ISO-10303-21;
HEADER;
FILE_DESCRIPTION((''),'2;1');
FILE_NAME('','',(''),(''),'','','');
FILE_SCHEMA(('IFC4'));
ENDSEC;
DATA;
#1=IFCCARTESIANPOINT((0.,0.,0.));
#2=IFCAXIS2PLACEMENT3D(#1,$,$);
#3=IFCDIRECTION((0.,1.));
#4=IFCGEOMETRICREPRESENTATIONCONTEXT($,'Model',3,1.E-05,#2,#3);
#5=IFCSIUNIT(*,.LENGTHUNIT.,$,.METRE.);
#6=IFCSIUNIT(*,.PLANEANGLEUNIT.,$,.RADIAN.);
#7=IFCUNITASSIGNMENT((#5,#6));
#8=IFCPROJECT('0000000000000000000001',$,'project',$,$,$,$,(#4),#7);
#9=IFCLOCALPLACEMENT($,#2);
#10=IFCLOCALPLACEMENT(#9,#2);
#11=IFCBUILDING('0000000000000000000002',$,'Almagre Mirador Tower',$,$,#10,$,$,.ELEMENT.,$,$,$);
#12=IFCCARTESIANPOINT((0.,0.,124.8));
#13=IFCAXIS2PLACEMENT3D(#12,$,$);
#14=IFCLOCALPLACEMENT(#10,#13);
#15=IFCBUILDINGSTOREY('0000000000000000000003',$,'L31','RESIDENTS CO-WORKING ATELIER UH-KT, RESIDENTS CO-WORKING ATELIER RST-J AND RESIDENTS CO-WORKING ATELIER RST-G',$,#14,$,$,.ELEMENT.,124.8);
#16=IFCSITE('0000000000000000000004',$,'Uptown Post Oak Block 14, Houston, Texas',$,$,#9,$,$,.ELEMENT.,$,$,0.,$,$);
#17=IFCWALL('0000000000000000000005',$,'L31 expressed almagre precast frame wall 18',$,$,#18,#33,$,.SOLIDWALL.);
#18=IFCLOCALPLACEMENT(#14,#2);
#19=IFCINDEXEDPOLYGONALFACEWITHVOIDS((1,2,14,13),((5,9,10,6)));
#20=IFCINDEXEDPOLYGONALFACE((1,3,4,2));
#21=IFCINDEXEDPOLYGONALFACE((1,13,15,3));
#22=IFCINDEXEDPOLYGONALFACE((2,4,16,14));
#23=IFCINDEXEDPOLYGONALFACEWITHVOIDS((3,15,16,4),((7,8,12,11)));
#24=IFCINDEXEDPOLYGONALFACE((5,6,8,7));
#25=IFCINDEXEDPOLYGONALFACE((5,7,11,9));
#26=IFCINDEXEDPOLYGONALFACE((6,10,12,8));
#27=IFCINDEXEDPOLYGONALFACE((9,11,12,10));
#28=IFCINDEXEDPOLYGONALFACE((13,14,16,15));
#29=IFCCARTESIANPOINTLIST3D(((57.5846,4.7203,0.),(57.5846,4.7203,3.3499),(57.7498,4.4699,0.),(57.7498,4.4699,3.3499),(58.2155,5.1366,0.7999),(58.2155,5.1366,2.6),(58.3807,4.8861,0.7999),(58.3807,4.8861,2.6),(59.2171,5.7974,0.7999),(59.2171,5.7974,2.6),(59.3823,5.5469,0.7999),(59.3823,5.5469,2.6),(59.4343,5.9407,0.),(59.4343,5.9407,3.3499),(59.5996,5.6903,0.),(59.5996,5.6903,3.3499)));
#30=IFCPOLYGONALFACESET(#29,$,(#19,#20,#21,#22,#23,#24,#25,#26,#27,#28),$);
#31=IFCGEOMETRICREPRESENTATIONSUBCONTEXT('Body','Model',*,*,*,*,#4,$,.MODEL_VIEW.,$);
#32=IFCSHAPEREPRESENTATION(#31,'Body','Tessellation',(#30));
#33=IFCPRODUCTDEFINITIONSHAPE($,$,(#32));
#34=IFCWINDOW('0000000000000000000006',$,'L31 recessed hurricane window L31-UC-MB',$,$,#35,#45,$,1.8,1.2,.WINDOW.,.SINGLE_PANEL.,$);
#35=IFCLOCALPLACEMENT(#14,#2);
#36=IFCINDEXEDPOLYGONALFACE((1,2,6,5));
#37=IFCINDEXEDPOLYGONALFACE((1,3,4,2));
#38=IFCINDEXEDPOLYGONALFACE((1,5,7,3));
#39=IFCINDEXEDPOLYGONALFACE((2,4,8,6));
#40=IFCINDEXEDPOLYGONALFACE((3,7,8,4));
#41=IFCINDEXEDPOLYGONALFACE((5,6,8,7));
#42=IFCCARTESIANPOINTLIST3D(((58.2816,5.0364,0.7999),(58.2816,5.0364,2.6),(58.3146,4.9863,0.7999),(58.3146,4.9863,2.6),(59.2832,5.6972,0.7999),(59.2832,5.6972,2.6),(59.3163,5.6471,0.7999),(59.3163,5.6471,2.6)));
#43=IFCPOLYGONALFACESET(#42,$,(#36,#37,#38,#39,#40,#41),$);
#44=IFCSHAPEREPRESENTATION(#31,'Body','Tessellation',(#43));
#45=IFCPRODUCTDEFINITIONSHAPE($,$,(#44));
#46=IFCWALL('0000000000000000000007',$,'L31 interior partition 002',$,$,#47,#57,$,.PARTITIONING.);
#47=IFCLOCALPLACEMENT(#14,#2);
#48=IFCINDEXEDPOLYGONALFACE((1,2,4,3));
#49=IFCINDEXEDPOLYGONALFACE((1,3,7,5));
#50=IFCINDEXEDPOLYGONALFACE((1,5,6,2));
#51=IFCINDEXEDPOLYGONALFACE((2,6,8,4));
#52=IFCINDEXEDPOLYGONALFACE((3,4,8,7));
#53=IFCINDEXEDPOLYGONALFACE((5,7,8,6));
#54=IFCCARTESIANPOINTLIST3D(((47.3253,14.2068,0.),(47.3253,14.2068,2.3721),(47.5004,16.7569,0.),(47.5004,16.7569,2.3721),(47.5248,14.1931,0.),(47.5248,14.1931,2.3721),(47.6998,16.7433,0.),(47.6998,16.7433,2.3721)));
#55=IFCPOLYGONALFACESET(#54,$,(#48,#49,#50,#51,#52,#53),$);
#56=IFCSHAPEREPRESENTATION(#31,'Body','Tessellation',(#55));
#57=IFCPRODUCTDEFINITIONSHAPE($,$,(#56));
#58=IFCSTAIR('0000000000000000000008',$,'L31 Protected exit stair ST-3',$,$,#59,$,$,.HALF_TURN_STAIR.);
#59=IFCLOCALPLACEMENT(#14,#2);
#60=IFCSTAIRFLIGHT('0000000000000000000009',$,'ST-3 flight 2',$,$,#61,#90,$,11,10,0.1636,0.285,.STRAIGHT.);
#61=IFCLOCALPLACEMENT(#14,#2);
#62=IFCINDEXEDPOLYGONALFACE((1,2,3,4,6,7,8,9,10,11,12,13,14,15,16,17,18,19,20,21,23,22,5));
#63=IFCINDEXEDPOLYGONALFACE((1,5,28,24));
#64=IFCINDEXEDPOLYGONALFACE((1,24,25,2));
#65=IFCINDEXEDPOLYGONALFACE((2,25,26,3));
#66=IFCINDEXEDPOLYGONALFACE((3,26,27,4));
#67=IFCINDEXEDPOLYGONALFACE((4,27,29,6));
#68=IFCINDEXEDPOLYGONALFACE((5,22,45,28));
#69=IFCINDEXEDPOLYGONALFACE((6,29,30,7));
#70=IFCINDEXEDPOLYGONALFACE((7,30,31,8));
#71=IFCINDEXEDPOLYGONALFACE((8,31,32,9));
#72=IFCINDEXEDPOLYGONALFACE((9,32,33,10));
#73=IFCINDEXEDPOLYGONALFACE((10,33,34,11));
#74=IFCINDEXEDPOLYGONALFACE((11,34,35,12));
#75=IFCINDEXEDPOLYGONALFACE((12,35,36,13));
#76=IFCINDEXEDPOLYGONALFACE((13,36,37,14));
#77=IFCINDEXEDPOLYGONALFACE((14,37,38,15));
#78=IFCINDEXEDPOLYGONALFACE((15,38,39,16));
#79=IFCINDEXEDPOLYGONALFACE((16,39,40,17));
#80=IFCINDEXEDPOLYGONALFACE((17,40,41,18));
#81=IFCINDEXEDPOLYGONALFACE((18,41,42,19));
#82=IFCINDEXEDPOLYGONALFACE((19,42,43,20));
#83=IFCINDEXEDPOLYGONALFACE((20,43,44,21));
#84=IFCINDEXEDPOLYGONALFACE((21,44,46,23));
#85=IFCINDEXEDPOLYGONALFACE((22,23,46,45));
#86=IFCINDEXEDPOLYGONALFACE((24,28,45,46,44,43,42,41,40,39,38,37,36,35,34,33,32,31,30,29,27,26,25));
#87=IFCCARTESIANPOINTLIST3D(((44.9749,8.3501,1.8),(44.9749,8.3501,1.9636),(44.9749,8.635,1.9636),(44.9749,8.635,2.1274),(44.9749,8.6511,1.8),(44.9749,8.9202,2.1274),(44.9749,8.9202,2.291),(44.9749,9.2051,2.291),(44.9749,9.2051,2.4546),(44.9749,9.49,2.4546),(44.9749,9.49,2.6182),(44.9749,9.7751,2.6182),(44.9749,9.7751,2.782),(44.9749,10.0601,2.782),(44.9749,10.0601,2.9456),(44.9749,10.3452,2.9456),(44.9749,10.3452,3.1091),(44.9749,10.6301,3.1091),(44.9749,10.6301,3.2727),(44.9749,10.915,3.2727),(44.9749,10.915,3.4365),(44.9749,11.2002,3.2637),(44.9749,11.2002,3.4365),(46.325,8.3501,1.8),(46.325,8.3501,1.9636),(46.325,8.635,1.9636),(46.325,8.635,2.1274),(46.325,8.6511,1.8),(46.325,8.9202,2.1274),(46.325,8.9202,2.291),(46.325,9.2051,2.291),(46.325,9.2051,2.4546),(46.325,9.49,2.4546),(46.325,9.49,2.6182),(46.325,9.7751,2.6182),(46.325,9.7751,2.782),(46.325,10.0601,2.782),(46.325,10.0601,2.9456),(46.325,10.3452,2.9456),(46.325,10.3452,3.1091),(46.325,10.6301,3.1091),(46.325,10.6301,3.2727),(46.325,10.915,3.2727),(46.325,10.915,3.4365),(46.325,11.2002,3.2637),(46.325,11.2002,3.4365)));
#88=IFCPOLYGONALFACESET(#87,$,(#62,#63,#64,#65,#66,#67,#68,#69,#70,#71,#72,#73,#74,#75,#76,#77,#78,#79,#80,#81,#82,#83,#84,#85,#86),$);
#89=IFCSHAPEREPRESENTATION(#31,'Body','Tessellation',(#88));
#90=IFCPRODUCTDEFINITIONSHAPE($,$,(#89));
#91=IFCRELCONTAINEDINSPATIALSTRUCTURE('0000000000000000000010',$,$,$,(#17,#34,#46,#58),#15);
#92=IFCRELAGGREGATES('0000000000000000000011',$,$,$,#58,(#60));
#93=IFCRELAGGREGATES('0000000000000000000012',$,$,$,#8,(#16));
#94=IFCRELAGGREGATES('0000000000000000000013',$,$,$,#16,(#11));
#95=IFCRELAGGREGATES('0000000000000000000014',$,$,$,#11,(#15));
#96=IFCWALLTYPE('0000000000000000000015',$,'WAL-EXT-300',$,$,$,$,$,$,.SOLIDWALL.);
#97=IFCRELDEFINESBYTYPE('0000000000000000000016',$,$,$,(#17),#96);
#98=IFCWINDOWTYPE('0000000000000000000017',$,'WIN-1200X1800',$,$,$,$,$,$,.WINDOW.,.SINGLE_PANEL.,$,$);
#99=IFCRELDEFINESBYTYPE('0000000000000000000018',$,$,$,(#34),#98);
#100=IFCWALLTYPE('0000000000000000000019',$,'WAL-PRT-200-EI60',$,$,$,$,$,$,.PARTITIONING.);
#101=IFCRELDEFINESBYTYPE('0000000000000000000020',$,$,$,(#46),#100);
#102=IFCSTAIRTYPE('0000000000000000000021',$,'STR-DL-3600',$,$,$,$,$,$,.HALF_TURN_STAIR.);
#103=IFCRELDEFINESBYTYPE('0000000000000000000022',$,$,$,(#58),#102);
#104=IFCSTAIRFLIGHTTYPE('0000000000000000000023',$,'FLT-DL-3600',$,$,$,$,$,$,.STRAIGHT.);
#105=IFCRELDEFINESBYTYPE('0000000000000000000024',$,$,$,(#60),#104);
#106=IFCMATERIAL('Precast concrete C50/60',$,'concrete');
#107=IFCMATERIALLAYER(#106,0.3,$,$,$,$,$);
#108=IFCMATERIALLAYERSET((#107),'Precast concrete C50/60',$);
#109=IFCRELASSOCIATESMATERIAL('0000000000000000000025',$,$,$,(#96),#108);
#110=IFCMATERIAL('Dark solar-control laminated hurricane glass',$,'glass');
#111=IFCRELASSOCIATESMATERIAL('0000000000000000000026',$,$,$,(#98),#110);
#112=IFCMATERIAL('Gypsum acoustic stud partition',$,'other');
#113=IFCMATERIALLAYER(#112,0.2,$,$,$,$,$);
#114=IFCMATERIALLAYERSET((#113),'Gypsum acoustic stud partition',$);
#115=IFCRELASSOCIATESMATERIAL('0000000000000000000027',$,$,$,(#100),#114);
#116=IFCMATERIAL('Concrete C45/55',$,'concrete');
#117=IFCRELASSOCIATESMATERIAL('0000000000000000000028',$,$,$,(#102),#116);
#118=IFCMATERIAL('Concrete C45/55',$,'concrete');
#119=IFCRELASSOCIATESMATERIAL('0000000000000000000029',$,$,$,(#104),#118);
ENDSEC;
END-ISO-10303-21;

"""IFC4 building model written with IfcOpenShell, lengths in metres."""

from ifc_helpers import new_model, si_unit, direction, frame, frame_2d, origin, place, context, subcontext, project, spatial, polyline, rectangle, outline, extrude, material, layer, layer_set, type_object, element, fill, aggregate, save


model = new_model("IFC4")

# Units and contexts
model_context = context("Model", 3, precision=1e-05, world=origin(), true_north=direction((0.0, 1.0)))
body_context = subcontext(model_context, "Body", "Model", "MODEL_VIEW")
ifc_project = project(units=[si_unit("LENGTHUNIT", "METRE"), si_unit("PLANEANGLEUNIT", "RADIAN")], contexts=[model_context])

# Site, building, storey
site_placement = place(None, origin())
site = spatial("IfcSite", under=ifc_project, at=site_placement, Name="Uptown Post Oak Block 14, Houston, Texas", CompositionType="ELEMENT", RefElevation=0.0)
building_placement = place(site_placement, origin())
building = spatial("IfcBuilding", under=site, at=building_placement, Name="Almagre Mirador Tower", CompositionType="ELEMENT")
storey_placement = place(building_placement, frame((0.0, 0.0, 124.8)))
storey = spatial("IfcBuildingStorey", under=building, at=storey_placement, Name="L31", Description="RESIDENTS CO-WORKING ATELIER UH-KT, RESIDENTS CO-WORKING ATELIER RST-J AND RESIDENTS CO-WORKING ATELIER RST-G", CompositionType="ELEMENT", Elevation=124.8)

# Shared definitions
ifc_material_1 = material(Name="Precast concrete C50/60", Category="concrete")
ifc_layer_1 = layer(ifc_material_1, 0.3)
ifc_layer_set_1 = layer_set([ifc_layer_1], Name="Precast concrete C50/60")
wall_type_1 = type_object("IfcWallType", Name="WAL-EXT-300", PredefinedType="SOLIDWALL", material=ifc_layer_set_1)
ifc_material_2 = material(Name="Dark solar-control laminated hurricane glass", Category="glass")
window_type = type_object("IfcWindowType", Name="WIN-1200X1800", PartitioningType="SINGLE_PANEL", PredefinedType="WINDOW", material=ifc_material_2)

# Wall, opening, window
wall_1_placement = place(storey_placement, frame((59.5168, 5.8154, 0.0), z_axis=(0.0, 0.0, 1.0), x_axis=(-0.834702, -0.550703, 0.0)))
wall_1 = element("IfcWall", 1, at=wall_1_placement, inside=storey, type_object=wall_type_1, Name="L31 expressed almagre precast frame wall 18", PredefinedType="SOLIDWALL", context=body_context, shape_type="SweptSolid", body=[
    extrude(rectangle(XDim=2.2161, YDim=0.3, at=frame_2d((1.1079, 0.0))), origin(), (0.0, 0.0, 1.0), 3.3499),
])
opening_1_placement = place(wall_1_placement, frame((0.26, 0.0, 0.8)))
opening_1 = element("IfcOpeningElement", 2, at=opening_1_placement, cuts=wall_1, PredefinedType="OPENING", context=body_context, shape_type="SweptSolid", body=[
    extrude(rectangle(XDim=1.2, YDim=1.8, at=frame_2d((0.6001, 0.8999))), frame((0.0, 0.1599, 0.0), z_axis=(0.0, -1.0, 0.0), x_axis=(1.0, 0.0, 0.0)), (0.0, 0.0, 1.0), 0.32),
])
window_1_placement = place(opening_1_placement, origin())
window_1 = element("IfcWindow", 3, at=window_1_placement, inside=storey, type_object=window_type, Name="L31 recessed hurricane window L31-UC-MB", OverallHeight=1.8, OverallWidth=1.2, PartitioningType="SINGLE_PANEL", PredefinedType="WINDOW", context=body_context, shape_type="SweptSolid", body=[
    extrude(rectangle(XDim=1.2, YDim=1.8, at=frame_2d((0.6001, 0.8999))), frame((0.0, 0.03, 0.0), z_axis=(0.0, -1.0, 0.0), x_axis=(1.0, 0.0, 0.0)), (0.0, 0.0, 1.0), 0.0601),
])
fill(opening_1, window_1)

# Wall
ifc_material_3 = material(Name="Gypsum acoustic stud partition", Category="other")
ifc_layer_2 = layer(ifc_material_3, 0.2)
ifc_layer_set_2 = layer_set([ifc_layer_2], Name="Gypsum acoustic stud partition")
wall_type_2 = type_object("IfcWallType", Name="WAL-PRT-200-EI60", PredefinedType="PARTITIONING", material=ifc_layer_set_2)
wall_2_placement = place(storey_placement, frame((47.425, 14.2, 0.0), z_axis=(0.0, 0.0, 1.0), x_axis=(0.068484, 0.997652, 0.0)))
element("IfcWall", 4, at=wall_2_placement, inside=storey, type_object=wall_type_2, Name="L31 interior partition 002", PredefinedType="PARTITIONING", context=body_context, shape_type="SweptSolid", body=[
    extrude(rectangle(XDim=2.5562, YDim=0.2, at=frame_2d((1.2781, 0.0))), origin(), (0.0, 0.0, 1.0), 2.3721),
])

# Stair, stair flight
ifc_material_4 = material(Name="Concrete C45/55", Category="concrete")
stair_type = type_object("IfcStairType", Name="STR-DL-3600", PredefinedType="HALF_TURN_STAIR", material=ifc_material_4)
stair_placement = place(storey_placement, origin())
stair = element("IfcStair", 5, at=stair_placement, inside=storey, type_object=stair_type, Name="L31 Protected exit stair ST-3", PredefinedType="HALF_TURN_STAIR")
ifc_material_5 = material(Name="Concrete C45/55", Category="concrete")
stair_flight_type = type_object("IfcStairFlightType", Name="FLT-DL-3600", PredefinedType="STRAIGHT", material=ifc_material_5)
stair_flight_placement = place(storey_placement, frame((45.6499, 8.3501, 1.8), z_axis=(0.0, 0.0, 1.0), x_axis=(0.0, 1.0, 0.0)))
stair_flight = element("IfcStairFlight", 6, at=stair_flight_placement, type_object=stair_flight_type, Name="ST-3 flight 2", NumberOfRisers=11, NumberOfTreads=10, PredefinedType="STRAIGHT", RiserHeight=0.1636, TreadLength=0.285, context=body_context, shape_type="SweptSolid", body=[
    extrude(outline(polyline([(0.0, 0.0), (0.0, 0.1636), (0.2849, 0.1636), (0.2849, 0.3274), (0.5701, 0.3274), (0.5701, 0.491), (0.855, 0.491), (0.855, 0.6545), (1.1399, 0.6545), (1.1399, 0.8181), (1.425, 0.8181), (1.425, 0.9819), (1.71, 0.9819), (1.71, 1.1455), (1.9951, 1.1455), (1.9951, 1.3091), (2.28, 1.3091), (2.28, 1.4727), (2.5649, 1.4727), (2.5649, 1.6365), (2.8501, 1.6365), (2.8501, 1.8), (2.8501, 1.4636), (0.301, 0.0), (0.0, 0.0)])), frame((0.0, 0.675, 0.0), z_axis=(0.0, -1.0, 0.0), x_axis=(1.0, 0.0, 0.0)), (0.0, 0.0, 1.0), 1.3501),
])
aggregate(stair, [stair_flight])

save(model, "model.ifc")
